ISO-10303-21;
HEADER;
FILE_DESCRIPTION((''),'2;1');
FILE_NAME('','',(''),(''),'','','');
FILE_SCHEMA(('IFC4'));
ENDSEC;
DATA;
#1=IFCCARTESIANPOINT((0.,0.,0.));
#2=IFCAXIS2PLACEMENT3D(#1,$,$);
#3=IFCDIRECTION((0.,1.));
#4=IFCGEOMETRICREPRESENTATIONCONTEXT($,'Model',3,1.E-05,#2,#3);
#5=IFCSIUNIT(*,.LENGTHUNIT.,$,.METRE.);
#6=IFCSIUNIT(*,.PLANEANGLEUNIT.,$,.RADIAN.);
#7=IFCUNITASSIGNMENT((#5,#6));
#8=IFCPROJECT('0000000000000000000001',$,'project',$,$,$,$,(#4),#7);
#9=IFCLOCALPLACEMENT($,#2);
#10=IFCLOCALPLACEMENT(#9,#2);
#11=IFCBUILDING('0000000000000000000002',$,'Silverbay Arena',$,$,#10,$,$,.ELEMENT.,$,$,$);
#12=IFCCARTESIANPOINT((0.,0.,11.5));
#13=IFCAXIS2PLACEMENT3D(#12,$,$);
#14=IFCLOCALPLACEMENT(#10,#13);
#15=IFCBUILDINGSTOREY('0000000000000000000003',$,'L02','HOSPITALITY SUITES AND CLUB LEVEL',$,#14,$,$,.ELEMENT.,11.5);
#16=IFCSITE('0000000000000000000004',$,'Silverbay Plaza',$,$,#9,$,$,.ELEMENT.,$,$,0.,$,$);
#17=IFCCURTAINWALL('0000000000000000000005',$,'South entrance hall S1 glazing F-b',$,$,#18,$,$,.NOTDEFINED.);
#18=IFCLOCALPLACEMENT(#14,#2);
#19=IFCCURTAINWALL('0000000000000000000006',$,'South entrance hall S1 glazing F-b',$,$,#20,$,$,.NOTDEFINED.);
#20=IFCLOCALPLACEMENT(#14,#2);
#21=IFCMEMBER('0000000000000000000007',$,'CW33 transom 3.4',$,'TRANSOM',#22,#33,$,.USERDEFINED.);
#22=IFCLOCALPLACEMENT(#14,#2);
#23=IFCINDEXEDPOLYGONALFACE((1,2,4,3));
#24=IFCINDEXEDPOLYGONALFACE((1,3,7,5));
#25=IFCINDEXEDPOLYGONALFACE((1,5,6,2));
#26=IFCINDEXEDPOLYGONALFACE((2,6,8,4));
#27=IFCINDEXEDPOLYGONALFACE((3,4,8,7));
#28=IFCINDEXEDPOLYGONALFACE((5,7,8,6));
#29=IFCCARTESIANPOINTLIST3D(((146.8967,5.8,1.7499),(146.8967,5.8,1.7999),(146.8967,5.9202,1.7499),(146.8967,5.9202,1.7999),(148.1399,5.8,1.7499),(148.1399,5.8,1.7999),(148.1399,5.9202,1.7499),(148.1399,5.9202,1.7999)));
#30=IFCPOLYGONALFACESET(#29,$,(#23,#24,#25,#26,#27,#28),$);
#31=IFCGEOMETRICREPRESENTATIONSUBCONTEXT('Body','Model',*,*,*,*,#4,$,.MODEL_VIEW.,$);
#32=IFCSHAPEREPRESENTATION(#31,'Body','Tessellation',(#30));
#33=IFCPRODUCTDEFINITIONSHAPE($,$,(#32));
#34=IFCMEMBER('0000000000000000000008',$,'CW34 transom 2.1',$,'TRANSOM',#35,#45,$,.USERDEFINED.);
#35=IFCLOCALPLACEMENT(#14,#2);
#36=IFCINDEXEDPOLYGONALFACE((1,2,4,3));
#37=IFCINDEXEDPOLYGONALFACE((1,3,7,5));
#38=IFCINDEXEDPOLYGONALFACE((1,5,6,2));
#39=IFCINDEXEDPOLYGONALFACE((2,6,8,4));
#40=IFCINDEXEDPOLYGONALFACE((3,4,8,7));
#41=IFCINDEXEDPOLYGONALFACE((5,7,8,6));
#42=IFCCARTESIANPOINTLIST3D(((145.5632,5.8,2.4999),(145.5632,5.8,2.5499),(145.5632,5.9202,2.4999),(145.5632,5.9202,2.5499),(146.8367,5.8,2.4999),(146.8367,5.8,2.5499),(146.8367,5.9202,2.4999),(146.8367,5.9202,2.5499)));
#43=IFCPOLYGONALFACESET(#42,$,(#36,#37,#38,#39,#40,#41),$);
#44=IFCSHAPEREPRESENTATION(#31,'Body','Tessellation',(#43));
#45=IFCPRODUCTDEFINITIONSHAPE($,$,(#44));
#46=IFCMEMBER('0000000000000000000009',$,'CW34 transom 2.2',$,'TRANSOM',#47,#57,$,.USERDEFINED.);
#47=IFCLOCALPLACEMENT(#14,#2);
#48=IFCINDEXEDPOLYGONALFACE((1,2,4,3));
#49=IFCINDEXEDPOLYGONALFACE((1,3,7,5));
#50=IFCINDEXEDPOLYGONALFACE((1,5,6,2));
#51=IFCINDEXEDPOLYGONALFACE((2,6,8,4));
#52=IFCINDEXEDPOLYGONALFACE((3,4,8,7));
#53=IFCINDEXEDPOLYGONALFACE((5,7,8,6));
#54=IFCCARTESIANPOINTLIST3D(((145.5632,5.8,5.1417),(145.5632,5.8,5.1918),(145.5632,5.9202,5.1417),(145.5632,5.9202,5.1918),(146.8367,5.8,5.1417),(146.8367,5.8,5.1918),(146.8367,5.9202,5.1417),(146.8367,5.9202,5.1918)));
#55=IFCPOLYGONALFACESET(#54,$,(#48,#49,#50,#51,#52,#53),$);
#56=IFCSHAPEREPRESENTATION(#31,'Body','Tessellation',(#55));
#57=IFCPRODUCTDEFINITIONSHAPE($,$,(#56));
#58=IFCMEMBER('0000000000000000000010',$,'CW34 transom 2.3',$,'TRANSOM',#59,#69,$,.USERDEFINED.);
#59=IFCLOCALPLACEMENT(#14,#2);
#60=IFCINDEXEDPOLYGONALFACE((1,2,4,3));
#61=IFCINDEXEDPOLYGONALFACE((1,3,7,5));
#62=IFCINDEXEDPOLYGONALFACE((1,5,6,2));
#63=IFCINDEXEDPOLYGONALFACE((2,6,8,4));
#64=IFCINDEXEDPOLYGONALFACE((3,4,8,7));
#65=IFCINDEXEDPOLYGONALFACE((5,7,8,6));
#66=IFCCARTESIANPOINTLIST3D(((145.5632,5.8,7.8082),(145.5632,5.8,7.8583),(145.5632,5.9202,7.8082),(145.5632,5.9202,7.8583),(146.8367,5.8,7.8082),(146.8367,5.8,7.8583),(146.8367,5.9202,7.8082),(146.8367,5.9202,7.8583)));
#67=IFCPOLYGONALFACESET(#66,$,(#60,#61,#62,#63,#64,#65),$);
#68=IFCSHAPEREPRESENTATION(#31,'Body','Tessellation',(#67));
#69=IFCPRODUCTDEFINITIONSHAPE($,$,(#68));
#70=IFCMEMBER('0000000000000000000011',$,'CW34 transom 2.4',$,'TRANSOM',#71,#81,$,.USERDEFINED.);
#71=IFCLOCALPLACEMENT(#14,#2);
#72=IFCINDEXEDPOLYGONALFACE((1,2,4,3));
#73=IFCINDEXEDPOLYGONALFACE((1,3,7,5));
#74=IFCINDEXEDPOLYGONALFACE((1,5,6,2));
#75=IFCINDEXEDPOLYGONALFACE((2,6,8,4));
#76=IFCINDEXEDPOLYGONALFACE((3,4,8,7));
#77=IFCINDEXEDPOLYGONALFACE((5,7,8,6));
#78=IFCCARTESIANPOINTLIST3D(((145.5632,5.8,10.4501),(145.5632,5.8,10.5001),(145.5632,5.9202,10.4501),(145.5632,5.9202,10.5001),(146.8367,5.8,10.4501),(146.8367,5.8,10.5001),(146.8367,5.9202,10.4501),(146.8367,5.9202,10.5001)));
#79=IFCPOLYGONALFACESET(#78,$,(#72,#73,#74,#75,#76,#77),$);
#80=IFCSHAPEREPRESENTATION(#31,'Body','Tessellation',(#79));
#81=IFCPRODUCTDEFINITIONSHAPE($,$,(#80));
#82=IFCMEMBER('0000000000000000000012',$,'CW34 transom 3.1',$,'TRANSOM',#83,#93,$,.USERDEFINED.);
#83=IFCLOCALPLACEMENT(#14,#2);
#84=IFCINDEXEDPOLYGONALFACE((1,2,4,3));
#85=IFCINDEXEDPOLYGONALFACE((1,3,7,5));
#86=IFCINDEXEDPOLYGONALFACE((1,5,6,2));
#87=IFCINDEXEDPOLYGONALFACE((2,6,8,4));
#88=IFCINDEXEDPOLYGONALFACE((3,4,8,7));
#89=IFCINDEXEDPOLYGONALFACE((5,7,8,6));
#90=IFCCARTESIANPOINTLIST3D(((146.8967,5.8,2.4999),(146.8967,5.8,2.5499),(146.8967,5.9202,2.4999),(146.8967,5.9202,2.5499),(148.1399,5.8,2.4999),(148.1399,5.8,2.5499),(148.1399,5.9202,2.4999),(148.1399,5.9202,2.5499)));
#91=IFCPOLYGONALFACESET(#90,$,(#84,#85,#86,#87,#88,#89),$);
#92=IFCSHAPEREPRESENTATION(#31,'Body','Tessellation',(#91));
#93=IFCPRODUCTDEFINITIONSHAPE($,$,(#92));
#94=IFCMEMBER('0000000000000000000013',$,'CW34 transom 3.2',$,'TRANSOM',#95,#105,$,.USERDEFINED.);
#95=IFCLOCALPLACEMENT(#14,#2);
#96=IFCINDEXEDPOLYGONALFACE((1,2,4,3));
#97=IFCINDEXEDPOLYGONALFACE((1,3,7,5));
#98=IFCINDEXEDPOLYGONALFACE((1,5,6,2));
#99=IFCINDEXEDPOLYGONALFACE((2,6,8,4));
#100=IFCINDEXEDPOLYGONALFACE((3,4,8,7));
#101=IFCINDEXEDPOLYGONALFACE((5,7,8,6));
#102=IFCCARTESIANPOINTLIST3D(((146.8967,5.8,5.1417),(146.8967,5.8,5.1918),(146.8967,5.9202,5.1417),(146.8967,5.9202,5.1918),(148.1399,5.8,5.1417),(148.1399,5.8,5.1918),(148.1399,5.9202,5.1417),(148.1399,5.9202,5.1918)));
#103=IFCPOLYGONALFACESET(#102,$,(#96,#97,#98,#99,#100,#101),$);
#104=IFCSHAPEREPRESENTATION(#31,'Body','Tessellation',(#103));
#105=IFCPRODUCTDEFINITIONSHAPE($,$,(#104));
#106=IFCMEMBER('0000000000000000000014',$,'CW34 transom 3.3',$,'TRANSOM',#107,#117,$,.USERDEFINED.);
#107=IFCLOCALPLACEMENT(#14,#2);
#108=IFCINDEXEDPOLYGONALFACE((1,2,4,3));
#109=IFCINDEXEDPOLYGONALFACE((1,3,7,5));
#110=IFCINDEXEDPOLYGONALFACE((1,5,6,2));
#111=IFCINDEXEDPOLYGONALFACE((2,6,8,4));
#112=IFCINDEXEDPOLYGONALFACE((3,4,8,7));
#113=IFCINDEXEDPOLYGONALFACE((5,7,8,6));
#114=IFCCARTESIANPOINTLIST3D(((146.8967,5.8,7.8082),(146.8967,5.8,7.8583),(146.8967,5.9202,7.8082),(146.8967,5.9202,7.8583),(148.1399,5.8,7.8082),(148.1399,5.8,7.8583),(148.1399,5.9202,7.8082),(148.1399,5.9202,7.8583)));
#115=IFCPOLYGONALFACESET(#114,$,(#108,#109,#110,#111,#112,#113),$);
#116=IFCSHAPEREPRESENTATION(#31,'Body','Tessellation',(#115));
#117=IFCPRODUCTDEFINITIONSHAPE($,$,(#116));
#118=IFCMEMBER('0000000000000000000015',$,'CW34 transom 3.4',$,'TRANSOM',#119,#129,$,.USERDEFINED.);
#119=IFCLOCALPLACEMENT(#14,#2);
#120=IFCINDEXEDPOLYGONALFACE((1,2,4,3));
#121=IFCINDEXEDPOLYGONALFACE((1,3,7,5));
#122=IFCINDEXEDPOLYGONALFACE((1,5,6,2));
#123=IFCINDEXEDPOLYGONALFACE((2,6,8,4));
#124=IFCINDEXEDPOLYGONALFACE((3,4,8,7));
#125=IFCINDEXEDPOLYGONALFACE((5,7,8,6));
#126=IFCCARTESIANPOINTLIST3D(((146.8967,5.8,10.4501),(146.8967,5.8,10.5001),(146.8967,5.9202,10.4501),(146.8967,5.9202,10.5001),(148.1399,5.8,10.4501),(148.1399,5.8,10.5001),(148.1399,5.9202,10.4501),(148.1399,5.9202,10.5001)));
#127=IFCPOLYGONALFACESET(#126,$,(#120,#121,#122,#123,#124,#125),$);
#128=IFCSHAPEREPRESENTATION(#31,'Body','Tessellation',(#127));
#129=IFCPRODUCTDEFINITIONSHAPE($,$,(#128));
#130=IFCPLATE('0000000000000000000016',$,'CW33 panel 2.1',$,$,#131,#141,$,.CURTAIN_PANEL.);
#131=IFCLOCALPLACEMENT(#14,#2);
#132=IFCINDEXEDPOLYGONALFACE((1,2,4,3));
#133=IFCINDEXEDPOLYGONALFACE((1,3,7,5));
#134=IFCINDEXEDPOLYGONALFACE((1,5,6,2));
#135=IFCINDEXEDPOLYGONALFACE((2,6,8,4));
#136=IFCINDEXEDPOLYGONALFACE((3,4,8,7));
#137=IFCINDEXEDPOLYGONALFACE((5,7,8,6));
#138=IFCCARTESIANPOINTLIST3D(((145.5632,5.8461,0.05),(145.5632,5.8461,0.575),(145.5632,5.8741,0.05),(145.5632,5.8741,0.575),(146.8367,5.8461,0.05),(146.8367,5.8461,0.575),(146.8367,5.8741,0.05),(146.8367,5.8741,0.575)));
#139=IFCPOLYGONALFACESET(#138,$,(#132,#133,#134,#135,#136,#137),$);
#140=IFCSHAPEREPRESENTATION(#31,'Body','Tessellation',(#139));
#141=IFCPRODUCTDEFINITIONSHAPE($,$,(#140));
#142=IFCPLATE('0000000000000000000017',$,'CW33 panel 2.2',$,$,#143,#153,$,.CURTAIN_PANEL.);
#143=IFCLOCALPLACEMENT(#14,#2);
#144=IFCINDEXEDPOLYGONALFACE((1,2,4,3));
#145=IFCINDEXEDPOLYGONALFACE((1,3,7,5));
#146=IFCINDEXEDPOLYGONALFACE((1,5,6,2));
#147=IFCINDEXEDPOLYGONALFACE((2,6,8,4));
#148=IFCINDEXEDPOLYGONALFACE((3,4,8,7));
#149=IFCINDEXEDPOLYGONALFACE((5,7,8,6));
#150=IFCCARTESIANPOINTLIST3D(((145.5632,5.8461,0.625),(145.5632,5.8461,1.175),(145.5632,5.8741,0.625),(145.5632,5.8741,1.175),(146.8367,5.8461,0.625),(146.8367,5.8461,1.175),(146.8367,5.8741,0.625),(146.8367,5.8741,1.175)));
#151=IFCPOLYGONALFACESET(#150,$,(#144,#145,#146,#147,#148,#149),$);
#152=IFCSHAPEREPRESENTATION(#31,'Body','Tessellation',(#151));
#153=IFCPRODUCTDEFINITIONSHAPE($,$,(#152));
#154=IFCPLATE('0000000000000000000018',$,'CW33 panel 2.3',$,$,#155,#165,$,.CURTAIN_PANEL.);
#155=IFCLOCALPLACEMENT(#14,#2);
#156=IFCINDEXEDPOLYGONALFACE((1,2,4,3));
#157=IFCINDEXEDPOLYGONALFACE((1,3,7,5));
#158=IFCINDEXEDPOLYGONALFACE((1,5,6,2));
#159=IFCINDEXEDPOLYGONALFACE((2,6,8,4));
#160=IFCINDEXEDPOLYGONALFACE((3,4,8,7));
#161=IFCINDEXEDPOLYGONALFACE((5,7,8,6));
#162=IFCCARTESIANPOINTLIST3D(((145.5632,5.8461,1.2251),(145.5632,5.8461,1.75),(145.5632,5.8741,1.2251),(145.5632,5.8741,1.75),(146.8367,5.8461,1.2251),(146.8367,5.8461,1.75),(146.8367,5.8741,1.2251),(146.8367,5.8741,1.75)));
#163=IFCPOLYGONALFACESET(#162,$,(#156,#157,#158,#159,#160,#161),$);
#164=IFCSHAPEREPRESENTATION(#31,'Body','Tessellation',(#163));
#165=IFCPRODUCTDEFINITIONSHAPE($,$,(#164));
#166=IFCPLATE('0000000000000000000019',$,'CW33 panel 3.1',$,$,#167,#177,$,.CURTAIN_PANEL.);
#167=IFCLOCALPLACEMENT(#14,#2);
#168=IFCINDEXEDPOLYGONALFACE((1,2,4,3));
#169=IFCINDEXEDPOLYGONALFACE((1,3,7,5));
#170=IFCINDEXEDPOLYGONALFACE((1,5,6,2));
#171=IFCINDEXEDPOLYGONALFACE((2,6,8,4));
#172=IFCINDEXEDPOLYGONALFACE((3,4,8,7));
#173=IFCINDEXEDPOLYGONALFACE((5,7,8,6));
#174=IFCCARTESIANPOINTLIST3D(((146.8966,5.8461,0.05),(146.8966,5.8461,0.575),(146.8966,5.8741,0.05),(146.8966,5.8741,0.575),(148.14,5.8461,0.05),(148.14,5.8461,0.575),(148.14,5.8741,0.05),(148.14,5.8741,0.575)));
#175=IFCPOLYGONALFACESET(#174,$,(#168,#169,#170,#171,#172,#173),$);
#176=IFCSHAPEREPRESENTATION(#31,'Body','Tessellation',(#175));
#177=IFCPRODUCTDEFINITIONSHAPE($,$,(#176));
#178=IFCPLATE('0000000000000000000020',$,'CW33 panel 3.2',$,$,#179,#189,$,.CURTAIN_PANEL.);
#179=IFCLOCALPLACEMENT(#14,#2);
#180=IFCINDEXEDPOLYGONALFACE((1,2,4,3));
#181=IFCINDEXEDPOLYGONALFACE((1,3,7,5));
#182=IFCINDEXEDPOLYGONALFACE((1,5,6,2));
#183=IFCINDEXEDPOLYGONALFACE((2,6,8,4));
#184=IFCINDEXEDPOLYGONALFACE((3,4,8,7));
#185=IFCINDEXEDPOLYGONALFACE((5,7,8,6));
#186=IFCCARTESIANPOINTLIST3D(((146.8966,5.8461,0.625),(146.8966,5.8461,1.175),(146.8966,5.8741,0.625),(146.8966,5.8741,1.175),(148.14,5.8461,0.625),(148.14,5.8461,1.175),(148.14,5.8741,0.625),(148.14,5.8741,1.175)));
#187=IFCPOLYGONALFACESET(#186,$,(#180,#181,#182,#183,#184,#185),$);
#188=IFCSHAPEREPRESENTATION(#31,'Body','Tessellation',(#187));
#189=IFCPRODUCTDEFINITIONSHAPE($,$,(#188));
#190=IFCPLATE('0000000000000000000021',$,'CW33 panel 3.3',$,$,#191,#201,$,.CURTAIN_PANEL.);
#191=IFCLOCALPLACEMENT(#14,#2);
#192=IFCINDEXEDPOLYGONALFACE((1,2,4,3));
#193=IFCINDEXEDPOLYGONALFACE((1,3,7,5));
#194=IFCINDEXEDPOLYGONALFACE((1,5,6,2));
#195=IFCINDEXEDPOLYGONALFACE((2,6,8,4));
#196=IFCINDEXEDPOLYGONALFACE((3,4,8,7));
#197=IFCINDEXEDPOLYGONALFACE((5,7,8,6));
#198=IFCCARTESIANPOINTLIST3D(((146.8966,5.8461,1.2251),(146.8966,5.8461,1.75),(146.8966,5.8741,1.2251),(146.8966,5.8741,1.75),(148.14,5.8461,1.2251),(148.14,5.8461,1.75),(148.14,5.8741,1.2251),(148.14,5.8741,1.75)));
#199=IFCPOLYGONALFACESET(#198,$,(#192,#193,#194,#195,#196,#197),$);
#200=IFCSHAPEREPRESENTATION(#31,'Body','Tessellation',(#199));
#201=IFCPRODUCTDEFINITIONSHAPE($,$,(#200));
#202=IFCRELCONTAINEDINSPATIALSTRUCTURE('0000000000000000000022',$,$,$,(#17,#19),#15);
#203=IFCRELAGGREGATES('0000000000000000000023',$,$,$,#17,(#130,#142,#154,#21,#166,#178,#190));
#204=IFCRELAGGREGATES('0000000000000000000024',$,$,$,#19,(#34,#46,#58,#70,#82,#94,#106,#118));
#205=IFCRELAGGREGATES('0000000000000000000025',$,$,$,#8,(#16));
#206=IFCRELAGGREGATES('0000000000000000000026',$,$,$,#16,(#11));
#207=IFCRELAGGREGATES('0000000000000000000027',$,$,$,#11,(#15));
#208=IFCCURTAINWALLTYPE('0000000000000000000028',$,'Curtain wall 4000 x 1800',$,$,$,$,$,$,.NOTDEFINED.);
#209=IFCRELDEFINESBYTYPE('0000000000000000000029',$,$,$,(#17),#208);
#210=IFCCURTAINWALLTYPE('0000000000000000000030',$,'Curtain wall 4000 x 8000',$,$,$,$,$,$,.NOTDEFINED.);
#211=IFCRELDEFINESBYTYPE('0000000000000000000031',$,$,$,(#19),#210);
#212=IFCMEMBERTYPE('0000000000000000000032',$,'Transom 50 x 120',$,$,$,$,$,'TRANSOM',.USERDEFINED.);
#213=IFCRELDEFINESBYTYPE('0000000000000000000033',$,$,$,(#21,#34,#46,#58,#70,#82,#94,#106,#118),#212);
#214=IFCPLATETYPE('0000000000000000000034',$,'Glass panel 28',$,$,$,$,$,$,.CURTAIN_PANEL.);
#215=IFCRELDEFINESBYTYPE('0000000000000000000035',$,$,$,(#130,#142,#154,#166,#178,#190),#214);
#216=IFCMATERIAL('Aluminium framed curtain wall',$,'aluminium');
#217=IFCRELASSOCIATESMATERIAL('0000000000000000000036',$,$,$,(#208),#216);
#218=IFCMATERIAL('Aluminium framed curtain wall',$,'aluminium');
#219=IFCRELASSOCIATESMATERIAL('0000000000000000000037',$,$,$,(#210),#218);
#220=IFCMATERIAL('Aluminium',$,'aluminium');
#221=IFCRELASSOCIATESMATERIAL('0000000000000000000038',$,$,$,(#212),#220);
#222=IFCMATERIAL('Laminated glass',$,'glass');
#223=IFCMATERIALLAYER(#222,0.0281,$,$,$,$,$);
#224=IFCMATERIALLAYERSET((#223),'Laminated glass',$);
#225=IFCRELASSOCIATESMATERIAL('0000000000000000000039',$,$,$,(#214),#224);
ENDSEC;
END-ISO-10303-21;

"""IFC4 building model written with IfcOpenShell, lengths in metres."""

from ifc_helpers import new_model, si_unit, direction, frame, origin, origin_2d, place, context, subcontext, project, spatial, rectangle, extrude, material, layer, layer_set, material_profile, profile_set, type_object, element, aggregate, save


model = new_model("IFC4")

# Units and contexts
model_context = context("Model", 3, precision=1e-05, world=origin(), true_north=direction((0.0, 1.0)))
body_context = subcontext(model_context, "Body", "Model", "MODEL_VIEW")
ifc_project = project(units=[si_unit("LENGTHUNIT", "METRE"), si_unit("PLANEANGLEUNIT", "RADIAN")], contexts=[model_context])

# Site, building, storey
site_placement = place(None, origin())
site = spatial("IfcSite", under=ifc_project, at=site_placement, Name="Silverbay Plaza", CompositionType="ELEMENT", RefElevation=0.0)
building_placement = place(site_placement, origin())
building = spatial("IfcBuilding", under=site, at=building_placement, Name="Silverbay Arena", CompositionType="ELEMENT")
storey_placement = place(building_placement, frame((0.0, 0.0, 11.5)))
storey = spatial("IfcBuildingStorey", under=building, at=storey_placement, Name="L02", Description="HOSPITALITY SUITES AND CLUB LEVEL", CompositionType="ELEMENT", Elevation=11.5)

# Curtain walls
ifc_material_1 = material(Name="Aluminium framed curtain wall", Category="aluminium")
curtain_wall_type_1 = type_object("IfcCurtainWallType", Name="Curtain wall 4000 x 1800", PredefinedType="NOTDEFINED", material=ifc_material_1)
curtain_wall_1_placement = place(storey_placement, origin())
curtain_wall_1 = element("IfcCurtainWall", 1, at=curtain_wall_1_placement, inside=storey, type_object=curtain_wall_type_1, Name="South entrance hall S1 glazing F-b", PredefinedType="NOTDEFINED")
ifc_material_2 = material(Name="Aluminium framed curtain wall", Category="aluminium")
curtain_wall_type_2 = type_object("IfcCurtainWallType", Name="Curtain wall 4000 x 8000", PredefinedType="NOTDEFINED", material=ifc_material_2)
curtain_wall_2_placement = place(storey_placement, origin())
curtain_wall_2 = element("IfcCurtainWall", 2, at=curtain_wall_2_placement, inside=storey, type_object=curtain_wall_type_2, Name="South entrance hall S1 glazing F-b", PredefinedType="NOTDEFINED")

# Members
ifc_material_3 = material(Name="Aluminium", Category="aluminium")
ifc_material_profile_1 = material_profile(ifc_material_3, rectangle(XDim=0.1201, YDim=0.05, at=origin_2d()), Name="Transom 50 x 120")
ifc_profile_set_1 = profile_set([ifc_material_profile_1], Name="Aluminium")
member_type_1 = type_object("IfcMemberType", Name="Transom 50 x 120", ElementType="TRANSOM", PredefinedType="USERDEFINED", material=ifc_profile_set_1)
member_1_placement = place(storey_placement, frame((146.8967, 5.8601, 1.7749), z_axis=(1.0, 0.0, 0.0), x_axis=(0.0, 1.0, 0.0)))
member_1 = element("IfcMember", 3, at=member_1_placement, type_object=member_type_1, Name="CW33 transom 3.4", ObjectType="TRANSOM", PredefinedType="USERDEFINED", context=body_context, shape_type="SweptSolid", body=[
    extrude(rectangle(XDim=0.1201, YDim=0.05, at=origin_2d()), origin(), (0.0, 0.0, 1.0), 1.2432),
])
member_2_placement = place(storey_placement, frame((145.5632, 5.8601, 2.5249), z_axis=(1.0, 0.0, 0.0), x_axis=(0.0, 1.0, 0.0)))
member_2 = element("IfcMember", 4, at=member_2_placement, type_object=member_type_1, Name="CW34 transom 2.1", ObjectType="TRANSOM", PredefinedType="USERDEFINED", context=body_context, shape_type="SweptSolid", body=[
    extrude(rectangle(XDim=0.1201, YDim=0.05, at=origin_2d()), origin(), (0.0, 0.0, 1.0), 1.2734),
])
member_3_placement = place(storey_placement, frame((145.5632, 5.8601, 5.1667), z_axis=(1.0, 0.0, 0.0), x_axis=(0.0, 1.0, 0.0)))
member_3 = element("IfcMember", 5, at=member_3_placement, type_object=member_type_1, Name="CW34 transom 2.2", ObjectType="TRANSOM", PredefinedType="USERDEFINED", context=body_context, shape_type="SweptSolid", body=[
    extrude(rectangle(XDim=0.1201, YDim=0.05, at=origin_2d()), origin(), (0.0, 0.0, 1.0), 1.2734),
])
member_4_placement = place(storey_placement, frame((145.5632, 5.8601, 7.8333), z_axis=(1.0, 0.0, 0.0), x_axis=(0.0, 1.0, 0.0)))
member_4 = element("IfcMember", 6, at=member_4_placement, type_object=member_type_1, Name="CW34 transom 2.3", ObjectType="TRANSOM", PredefinedType="USERDEFINED", context=body_context, shape_type="SweptSolid", body=[
    extrude(rectangle(XDim=0.1201, YDim=0.05, at=origin_2d()), origin(), (0.0, 0.0, 1.0), 1.2734),
])
member_5_placement = place(storey_placement, frame((145.5632, 5.8601, 10.4751), z_axis=(1.0, 0.0, 0.0), x_axis=(0.0, 1.0, 0.0)))
member_5 = element("IfcMember", 7, at=member_5_placement, type_object=member_type_1, Name="CW34 transom 2.4", ObjectType="TRANSOM", PredefinedType="USERDEFINED", context=body_context, shape_type="SweptSolid", body=[
    extrude(rectangle(XDim=0.1201, YDim=0.05, at=origin_2d()), origin(), (0.0, 0.0, 1.0), 1.2734),
])
member_6_placement = place(storey_placement, frame((146.8967, 5.8601, 2.5249), z_axis=(1.0, 0.0, 0.0), x_axis=(0.0, 1.0, 0.0)))
member_6 = element("IfcMember", 8, at=member_6_placement, type_object=member_type_1, Name="CW34 transom 3.1", ObjectType="TRANSOM", PredefinedType="USERDEFINED", context=body_context, shape_type="SweptSolid", body=[
    extrude(rectangle(XDim=0.1201, YDim=0.05, at=origin_2d()), origin(), (0.0, 0.0, 1.0), 1.2432),
])
member_7_placement = place(storey_placement, frame((146.8967, 5.8601, 5.1667), z_axis=(1.0, 0.0, 0.0), x_axis=(0.0, 1.0, 0.0)))
member_7 = element("IfcMember", 9, at=member_7_placement, type_object=member_type_1, Name="CW34 transom 3.2", ObjectType="TRANSOM", PredefinedType="USERDEFINED", context=body_context, shape_type="SweptSolid", body=[
    extrude(rectangle(XDim=0.1201, YDim=0.05, at=origin_2d()), origin(), (0.0, 0.0, 1.0), 1.2432),
])
member_8_placement = place(storey_placement, frame((146.8967, 5.8601, 7.8333), z_axis=(1.0, 0.0, 0.0), x_axis=(0.0, 1.0, 0.0)))
member_8 = element("IfcMember", 10, at=member_8_placement, type_object=member_type_1, Name="CW34 transom 3.3", ObjectType="TRANSOM", PredefinedType="USERDEFINED", context=body_context, shape_type="SweptSolid", body=[
    extrude(rectangle(XDim=0.1201, YDim=0.05, at=origin_2d()), origin(), (0.0, 0.0, 1.0), 1.2432),
])
member_9_placement = place(storey_placement, frame((146.8967, 5.8601, 10.4751), z_axis=(1.0, 0.0, 0.0), x_axis=(0.0, 1.0, 0.0)))
member_9 = element("IfcMember", 11, at=member_9_placement, type_object=member_type_1, Name="CW34 transom 3.4", ObjectType="TRANSOM", PredefinedType="USERDEFINED", context=body_context, shape_type="SweptSolid", body=[
    extrude(rectangle(XDim=0.1201, YDim=0.05, at=origin_2d()), origin(), (0.0, 0.0, 1.0), 1.2432),
])

# Plates
ifc_material_4 = material(Name="Laminated glass", Category="glass")
ifc_layer = layer(ifc_material_4, 0.0281)
ifc_layer_set = layer_set([ifc_layer], Name="Laminated glass")
plate_type = type_object("IfcPlateType", Name="Glass panel 28", PredefinedType="CURTAIN_PANEL", material=ifc_layer_set)
plate_1_placement = place(storey_placement, frame((146.2, 5.8601, 0.05), z_axis=(0.0, 0.0, 1.0), x_axis=(1.0, 0.0, 0.0)))
plate_1 = element("IfcPlate", 12, at=plate_1_placement, type_object=plate_type, Name="CW33 panel 2.1", PredefinedType="CURTAIN_PANEL", context=body_context, shape_type="SweptSolid", body=[
    extrude(rectangle(XDim=1.2734, YDim=0.0281, at=origin_2d()), origin(), (0.0, 0.0, 1.0), 0.5249),
])
plate_2_placement = place(storey_placement, frame((146.2, 5.8601, 0.625), z_axis=(0.0, 0.0, 1.0), x_axis=(1.0, 0.0, 0.0)))
plate_2 = element("IfcPlate", 13, at=plate_2_placement, type_object=plate_type, Name="CW33 panel 2.2", PredefinedType="CURTAIN_PANEL", context=body_context, shape_type="SweptSolid", body=[
    extrude(rectangle(XDim=1.2734, YDim=0.0281, at=origin_2d()), origin(), (0.0, 0.0, 1.0), 0.55),
])
plate_3_placement = place(storey_placement, frame((146.2, 5.8601, 1.2251), z_axis=(0.0, 0.0, 1.0), x_axis=(1.0, 0.0, 0.0)))
plate_3 = element("IfcPlate", 14, at=plate_3_placement, type_object=plate_type, Name="CW33 panel 2.3", PredefinedType="CURTAIN_PANEL", context=body_context, shape_type="SweptSolid", body=[
    extrude(rectangle(XDim=1.2734, YDim=0.0281, at=origin_2d()), origin(), (0.0, 0.0, 1.0), 0.5249),
])
plate_4_placement = place(storey_placement, frame((147.5183, 5.8601, 0.05), z_axis=(0.0, 0.0, 1.0), x_axis=(1.0, 0.0, 0.0)))
plate_4 = element("IfcPlate", 15, at=plate_4_placement, type_object=plate_type, Name="CW33 panel 3.1", PredefinedType="CURTAIN_PANEL", context=body_context, shape_type="SweptSolid", body=[
    extrude(rectangle(XDim=1.2434, YDim=0.0281, at=origin_2d()), origin(), (0.0, 0.0, 1.0), 0.5249),
])
plate_5_placement = place(storey_placement, frame((147.5183, 5.8601, 0.625), z_axis=(0.0, 0.0, 1.0), x_axis=(1.0, 0.0, 0.0)))
plate_5 = element("IfcPlate", 16, at=plate_5_placement, type_object=plate_type, Name="CW33 panel 3.2", PredefinedType="CURTAIN_PANEL", context=body_context, shape_type="SweptSolid", body=[
    extrude(rectangle(XDim=1.2434, YDim=0.0281, at=origin_2d()), origin(), (0.0, 0.0, 1.0), 0.55),
])
plate_6_placement = place(storey_placement, frame((147.5183, 5.8601, 1.2251), z_axis=(0.0, 0.0, 1.0), x_axis=(1.0, 0.0, 0.0)))
plate_6 = element("IfcPlate", 17, at=plate_6_placement, type_object=plate_type, Name="CW33 panel 3.3", PredefinedType="CURTAIN_PANEL", context=body_context, shape_type="SweptSolid", body=[
    extrude(rectangle(XDim=1.2434, YDim=0.0281, at=origin_2d()), origin(), (0.0, 0.0, 1.0), 0.5249),
])
aggregate(curtain_wall_1, [plate_1, plate_2, plate_3, member_1, plate_4, plate_5, plate_6])
aggregate(curtain_wall_2, [member_2, member_3, member_4, member_5, member_6, member_7, member_8, member_9])

save(model, "model.ifc")
